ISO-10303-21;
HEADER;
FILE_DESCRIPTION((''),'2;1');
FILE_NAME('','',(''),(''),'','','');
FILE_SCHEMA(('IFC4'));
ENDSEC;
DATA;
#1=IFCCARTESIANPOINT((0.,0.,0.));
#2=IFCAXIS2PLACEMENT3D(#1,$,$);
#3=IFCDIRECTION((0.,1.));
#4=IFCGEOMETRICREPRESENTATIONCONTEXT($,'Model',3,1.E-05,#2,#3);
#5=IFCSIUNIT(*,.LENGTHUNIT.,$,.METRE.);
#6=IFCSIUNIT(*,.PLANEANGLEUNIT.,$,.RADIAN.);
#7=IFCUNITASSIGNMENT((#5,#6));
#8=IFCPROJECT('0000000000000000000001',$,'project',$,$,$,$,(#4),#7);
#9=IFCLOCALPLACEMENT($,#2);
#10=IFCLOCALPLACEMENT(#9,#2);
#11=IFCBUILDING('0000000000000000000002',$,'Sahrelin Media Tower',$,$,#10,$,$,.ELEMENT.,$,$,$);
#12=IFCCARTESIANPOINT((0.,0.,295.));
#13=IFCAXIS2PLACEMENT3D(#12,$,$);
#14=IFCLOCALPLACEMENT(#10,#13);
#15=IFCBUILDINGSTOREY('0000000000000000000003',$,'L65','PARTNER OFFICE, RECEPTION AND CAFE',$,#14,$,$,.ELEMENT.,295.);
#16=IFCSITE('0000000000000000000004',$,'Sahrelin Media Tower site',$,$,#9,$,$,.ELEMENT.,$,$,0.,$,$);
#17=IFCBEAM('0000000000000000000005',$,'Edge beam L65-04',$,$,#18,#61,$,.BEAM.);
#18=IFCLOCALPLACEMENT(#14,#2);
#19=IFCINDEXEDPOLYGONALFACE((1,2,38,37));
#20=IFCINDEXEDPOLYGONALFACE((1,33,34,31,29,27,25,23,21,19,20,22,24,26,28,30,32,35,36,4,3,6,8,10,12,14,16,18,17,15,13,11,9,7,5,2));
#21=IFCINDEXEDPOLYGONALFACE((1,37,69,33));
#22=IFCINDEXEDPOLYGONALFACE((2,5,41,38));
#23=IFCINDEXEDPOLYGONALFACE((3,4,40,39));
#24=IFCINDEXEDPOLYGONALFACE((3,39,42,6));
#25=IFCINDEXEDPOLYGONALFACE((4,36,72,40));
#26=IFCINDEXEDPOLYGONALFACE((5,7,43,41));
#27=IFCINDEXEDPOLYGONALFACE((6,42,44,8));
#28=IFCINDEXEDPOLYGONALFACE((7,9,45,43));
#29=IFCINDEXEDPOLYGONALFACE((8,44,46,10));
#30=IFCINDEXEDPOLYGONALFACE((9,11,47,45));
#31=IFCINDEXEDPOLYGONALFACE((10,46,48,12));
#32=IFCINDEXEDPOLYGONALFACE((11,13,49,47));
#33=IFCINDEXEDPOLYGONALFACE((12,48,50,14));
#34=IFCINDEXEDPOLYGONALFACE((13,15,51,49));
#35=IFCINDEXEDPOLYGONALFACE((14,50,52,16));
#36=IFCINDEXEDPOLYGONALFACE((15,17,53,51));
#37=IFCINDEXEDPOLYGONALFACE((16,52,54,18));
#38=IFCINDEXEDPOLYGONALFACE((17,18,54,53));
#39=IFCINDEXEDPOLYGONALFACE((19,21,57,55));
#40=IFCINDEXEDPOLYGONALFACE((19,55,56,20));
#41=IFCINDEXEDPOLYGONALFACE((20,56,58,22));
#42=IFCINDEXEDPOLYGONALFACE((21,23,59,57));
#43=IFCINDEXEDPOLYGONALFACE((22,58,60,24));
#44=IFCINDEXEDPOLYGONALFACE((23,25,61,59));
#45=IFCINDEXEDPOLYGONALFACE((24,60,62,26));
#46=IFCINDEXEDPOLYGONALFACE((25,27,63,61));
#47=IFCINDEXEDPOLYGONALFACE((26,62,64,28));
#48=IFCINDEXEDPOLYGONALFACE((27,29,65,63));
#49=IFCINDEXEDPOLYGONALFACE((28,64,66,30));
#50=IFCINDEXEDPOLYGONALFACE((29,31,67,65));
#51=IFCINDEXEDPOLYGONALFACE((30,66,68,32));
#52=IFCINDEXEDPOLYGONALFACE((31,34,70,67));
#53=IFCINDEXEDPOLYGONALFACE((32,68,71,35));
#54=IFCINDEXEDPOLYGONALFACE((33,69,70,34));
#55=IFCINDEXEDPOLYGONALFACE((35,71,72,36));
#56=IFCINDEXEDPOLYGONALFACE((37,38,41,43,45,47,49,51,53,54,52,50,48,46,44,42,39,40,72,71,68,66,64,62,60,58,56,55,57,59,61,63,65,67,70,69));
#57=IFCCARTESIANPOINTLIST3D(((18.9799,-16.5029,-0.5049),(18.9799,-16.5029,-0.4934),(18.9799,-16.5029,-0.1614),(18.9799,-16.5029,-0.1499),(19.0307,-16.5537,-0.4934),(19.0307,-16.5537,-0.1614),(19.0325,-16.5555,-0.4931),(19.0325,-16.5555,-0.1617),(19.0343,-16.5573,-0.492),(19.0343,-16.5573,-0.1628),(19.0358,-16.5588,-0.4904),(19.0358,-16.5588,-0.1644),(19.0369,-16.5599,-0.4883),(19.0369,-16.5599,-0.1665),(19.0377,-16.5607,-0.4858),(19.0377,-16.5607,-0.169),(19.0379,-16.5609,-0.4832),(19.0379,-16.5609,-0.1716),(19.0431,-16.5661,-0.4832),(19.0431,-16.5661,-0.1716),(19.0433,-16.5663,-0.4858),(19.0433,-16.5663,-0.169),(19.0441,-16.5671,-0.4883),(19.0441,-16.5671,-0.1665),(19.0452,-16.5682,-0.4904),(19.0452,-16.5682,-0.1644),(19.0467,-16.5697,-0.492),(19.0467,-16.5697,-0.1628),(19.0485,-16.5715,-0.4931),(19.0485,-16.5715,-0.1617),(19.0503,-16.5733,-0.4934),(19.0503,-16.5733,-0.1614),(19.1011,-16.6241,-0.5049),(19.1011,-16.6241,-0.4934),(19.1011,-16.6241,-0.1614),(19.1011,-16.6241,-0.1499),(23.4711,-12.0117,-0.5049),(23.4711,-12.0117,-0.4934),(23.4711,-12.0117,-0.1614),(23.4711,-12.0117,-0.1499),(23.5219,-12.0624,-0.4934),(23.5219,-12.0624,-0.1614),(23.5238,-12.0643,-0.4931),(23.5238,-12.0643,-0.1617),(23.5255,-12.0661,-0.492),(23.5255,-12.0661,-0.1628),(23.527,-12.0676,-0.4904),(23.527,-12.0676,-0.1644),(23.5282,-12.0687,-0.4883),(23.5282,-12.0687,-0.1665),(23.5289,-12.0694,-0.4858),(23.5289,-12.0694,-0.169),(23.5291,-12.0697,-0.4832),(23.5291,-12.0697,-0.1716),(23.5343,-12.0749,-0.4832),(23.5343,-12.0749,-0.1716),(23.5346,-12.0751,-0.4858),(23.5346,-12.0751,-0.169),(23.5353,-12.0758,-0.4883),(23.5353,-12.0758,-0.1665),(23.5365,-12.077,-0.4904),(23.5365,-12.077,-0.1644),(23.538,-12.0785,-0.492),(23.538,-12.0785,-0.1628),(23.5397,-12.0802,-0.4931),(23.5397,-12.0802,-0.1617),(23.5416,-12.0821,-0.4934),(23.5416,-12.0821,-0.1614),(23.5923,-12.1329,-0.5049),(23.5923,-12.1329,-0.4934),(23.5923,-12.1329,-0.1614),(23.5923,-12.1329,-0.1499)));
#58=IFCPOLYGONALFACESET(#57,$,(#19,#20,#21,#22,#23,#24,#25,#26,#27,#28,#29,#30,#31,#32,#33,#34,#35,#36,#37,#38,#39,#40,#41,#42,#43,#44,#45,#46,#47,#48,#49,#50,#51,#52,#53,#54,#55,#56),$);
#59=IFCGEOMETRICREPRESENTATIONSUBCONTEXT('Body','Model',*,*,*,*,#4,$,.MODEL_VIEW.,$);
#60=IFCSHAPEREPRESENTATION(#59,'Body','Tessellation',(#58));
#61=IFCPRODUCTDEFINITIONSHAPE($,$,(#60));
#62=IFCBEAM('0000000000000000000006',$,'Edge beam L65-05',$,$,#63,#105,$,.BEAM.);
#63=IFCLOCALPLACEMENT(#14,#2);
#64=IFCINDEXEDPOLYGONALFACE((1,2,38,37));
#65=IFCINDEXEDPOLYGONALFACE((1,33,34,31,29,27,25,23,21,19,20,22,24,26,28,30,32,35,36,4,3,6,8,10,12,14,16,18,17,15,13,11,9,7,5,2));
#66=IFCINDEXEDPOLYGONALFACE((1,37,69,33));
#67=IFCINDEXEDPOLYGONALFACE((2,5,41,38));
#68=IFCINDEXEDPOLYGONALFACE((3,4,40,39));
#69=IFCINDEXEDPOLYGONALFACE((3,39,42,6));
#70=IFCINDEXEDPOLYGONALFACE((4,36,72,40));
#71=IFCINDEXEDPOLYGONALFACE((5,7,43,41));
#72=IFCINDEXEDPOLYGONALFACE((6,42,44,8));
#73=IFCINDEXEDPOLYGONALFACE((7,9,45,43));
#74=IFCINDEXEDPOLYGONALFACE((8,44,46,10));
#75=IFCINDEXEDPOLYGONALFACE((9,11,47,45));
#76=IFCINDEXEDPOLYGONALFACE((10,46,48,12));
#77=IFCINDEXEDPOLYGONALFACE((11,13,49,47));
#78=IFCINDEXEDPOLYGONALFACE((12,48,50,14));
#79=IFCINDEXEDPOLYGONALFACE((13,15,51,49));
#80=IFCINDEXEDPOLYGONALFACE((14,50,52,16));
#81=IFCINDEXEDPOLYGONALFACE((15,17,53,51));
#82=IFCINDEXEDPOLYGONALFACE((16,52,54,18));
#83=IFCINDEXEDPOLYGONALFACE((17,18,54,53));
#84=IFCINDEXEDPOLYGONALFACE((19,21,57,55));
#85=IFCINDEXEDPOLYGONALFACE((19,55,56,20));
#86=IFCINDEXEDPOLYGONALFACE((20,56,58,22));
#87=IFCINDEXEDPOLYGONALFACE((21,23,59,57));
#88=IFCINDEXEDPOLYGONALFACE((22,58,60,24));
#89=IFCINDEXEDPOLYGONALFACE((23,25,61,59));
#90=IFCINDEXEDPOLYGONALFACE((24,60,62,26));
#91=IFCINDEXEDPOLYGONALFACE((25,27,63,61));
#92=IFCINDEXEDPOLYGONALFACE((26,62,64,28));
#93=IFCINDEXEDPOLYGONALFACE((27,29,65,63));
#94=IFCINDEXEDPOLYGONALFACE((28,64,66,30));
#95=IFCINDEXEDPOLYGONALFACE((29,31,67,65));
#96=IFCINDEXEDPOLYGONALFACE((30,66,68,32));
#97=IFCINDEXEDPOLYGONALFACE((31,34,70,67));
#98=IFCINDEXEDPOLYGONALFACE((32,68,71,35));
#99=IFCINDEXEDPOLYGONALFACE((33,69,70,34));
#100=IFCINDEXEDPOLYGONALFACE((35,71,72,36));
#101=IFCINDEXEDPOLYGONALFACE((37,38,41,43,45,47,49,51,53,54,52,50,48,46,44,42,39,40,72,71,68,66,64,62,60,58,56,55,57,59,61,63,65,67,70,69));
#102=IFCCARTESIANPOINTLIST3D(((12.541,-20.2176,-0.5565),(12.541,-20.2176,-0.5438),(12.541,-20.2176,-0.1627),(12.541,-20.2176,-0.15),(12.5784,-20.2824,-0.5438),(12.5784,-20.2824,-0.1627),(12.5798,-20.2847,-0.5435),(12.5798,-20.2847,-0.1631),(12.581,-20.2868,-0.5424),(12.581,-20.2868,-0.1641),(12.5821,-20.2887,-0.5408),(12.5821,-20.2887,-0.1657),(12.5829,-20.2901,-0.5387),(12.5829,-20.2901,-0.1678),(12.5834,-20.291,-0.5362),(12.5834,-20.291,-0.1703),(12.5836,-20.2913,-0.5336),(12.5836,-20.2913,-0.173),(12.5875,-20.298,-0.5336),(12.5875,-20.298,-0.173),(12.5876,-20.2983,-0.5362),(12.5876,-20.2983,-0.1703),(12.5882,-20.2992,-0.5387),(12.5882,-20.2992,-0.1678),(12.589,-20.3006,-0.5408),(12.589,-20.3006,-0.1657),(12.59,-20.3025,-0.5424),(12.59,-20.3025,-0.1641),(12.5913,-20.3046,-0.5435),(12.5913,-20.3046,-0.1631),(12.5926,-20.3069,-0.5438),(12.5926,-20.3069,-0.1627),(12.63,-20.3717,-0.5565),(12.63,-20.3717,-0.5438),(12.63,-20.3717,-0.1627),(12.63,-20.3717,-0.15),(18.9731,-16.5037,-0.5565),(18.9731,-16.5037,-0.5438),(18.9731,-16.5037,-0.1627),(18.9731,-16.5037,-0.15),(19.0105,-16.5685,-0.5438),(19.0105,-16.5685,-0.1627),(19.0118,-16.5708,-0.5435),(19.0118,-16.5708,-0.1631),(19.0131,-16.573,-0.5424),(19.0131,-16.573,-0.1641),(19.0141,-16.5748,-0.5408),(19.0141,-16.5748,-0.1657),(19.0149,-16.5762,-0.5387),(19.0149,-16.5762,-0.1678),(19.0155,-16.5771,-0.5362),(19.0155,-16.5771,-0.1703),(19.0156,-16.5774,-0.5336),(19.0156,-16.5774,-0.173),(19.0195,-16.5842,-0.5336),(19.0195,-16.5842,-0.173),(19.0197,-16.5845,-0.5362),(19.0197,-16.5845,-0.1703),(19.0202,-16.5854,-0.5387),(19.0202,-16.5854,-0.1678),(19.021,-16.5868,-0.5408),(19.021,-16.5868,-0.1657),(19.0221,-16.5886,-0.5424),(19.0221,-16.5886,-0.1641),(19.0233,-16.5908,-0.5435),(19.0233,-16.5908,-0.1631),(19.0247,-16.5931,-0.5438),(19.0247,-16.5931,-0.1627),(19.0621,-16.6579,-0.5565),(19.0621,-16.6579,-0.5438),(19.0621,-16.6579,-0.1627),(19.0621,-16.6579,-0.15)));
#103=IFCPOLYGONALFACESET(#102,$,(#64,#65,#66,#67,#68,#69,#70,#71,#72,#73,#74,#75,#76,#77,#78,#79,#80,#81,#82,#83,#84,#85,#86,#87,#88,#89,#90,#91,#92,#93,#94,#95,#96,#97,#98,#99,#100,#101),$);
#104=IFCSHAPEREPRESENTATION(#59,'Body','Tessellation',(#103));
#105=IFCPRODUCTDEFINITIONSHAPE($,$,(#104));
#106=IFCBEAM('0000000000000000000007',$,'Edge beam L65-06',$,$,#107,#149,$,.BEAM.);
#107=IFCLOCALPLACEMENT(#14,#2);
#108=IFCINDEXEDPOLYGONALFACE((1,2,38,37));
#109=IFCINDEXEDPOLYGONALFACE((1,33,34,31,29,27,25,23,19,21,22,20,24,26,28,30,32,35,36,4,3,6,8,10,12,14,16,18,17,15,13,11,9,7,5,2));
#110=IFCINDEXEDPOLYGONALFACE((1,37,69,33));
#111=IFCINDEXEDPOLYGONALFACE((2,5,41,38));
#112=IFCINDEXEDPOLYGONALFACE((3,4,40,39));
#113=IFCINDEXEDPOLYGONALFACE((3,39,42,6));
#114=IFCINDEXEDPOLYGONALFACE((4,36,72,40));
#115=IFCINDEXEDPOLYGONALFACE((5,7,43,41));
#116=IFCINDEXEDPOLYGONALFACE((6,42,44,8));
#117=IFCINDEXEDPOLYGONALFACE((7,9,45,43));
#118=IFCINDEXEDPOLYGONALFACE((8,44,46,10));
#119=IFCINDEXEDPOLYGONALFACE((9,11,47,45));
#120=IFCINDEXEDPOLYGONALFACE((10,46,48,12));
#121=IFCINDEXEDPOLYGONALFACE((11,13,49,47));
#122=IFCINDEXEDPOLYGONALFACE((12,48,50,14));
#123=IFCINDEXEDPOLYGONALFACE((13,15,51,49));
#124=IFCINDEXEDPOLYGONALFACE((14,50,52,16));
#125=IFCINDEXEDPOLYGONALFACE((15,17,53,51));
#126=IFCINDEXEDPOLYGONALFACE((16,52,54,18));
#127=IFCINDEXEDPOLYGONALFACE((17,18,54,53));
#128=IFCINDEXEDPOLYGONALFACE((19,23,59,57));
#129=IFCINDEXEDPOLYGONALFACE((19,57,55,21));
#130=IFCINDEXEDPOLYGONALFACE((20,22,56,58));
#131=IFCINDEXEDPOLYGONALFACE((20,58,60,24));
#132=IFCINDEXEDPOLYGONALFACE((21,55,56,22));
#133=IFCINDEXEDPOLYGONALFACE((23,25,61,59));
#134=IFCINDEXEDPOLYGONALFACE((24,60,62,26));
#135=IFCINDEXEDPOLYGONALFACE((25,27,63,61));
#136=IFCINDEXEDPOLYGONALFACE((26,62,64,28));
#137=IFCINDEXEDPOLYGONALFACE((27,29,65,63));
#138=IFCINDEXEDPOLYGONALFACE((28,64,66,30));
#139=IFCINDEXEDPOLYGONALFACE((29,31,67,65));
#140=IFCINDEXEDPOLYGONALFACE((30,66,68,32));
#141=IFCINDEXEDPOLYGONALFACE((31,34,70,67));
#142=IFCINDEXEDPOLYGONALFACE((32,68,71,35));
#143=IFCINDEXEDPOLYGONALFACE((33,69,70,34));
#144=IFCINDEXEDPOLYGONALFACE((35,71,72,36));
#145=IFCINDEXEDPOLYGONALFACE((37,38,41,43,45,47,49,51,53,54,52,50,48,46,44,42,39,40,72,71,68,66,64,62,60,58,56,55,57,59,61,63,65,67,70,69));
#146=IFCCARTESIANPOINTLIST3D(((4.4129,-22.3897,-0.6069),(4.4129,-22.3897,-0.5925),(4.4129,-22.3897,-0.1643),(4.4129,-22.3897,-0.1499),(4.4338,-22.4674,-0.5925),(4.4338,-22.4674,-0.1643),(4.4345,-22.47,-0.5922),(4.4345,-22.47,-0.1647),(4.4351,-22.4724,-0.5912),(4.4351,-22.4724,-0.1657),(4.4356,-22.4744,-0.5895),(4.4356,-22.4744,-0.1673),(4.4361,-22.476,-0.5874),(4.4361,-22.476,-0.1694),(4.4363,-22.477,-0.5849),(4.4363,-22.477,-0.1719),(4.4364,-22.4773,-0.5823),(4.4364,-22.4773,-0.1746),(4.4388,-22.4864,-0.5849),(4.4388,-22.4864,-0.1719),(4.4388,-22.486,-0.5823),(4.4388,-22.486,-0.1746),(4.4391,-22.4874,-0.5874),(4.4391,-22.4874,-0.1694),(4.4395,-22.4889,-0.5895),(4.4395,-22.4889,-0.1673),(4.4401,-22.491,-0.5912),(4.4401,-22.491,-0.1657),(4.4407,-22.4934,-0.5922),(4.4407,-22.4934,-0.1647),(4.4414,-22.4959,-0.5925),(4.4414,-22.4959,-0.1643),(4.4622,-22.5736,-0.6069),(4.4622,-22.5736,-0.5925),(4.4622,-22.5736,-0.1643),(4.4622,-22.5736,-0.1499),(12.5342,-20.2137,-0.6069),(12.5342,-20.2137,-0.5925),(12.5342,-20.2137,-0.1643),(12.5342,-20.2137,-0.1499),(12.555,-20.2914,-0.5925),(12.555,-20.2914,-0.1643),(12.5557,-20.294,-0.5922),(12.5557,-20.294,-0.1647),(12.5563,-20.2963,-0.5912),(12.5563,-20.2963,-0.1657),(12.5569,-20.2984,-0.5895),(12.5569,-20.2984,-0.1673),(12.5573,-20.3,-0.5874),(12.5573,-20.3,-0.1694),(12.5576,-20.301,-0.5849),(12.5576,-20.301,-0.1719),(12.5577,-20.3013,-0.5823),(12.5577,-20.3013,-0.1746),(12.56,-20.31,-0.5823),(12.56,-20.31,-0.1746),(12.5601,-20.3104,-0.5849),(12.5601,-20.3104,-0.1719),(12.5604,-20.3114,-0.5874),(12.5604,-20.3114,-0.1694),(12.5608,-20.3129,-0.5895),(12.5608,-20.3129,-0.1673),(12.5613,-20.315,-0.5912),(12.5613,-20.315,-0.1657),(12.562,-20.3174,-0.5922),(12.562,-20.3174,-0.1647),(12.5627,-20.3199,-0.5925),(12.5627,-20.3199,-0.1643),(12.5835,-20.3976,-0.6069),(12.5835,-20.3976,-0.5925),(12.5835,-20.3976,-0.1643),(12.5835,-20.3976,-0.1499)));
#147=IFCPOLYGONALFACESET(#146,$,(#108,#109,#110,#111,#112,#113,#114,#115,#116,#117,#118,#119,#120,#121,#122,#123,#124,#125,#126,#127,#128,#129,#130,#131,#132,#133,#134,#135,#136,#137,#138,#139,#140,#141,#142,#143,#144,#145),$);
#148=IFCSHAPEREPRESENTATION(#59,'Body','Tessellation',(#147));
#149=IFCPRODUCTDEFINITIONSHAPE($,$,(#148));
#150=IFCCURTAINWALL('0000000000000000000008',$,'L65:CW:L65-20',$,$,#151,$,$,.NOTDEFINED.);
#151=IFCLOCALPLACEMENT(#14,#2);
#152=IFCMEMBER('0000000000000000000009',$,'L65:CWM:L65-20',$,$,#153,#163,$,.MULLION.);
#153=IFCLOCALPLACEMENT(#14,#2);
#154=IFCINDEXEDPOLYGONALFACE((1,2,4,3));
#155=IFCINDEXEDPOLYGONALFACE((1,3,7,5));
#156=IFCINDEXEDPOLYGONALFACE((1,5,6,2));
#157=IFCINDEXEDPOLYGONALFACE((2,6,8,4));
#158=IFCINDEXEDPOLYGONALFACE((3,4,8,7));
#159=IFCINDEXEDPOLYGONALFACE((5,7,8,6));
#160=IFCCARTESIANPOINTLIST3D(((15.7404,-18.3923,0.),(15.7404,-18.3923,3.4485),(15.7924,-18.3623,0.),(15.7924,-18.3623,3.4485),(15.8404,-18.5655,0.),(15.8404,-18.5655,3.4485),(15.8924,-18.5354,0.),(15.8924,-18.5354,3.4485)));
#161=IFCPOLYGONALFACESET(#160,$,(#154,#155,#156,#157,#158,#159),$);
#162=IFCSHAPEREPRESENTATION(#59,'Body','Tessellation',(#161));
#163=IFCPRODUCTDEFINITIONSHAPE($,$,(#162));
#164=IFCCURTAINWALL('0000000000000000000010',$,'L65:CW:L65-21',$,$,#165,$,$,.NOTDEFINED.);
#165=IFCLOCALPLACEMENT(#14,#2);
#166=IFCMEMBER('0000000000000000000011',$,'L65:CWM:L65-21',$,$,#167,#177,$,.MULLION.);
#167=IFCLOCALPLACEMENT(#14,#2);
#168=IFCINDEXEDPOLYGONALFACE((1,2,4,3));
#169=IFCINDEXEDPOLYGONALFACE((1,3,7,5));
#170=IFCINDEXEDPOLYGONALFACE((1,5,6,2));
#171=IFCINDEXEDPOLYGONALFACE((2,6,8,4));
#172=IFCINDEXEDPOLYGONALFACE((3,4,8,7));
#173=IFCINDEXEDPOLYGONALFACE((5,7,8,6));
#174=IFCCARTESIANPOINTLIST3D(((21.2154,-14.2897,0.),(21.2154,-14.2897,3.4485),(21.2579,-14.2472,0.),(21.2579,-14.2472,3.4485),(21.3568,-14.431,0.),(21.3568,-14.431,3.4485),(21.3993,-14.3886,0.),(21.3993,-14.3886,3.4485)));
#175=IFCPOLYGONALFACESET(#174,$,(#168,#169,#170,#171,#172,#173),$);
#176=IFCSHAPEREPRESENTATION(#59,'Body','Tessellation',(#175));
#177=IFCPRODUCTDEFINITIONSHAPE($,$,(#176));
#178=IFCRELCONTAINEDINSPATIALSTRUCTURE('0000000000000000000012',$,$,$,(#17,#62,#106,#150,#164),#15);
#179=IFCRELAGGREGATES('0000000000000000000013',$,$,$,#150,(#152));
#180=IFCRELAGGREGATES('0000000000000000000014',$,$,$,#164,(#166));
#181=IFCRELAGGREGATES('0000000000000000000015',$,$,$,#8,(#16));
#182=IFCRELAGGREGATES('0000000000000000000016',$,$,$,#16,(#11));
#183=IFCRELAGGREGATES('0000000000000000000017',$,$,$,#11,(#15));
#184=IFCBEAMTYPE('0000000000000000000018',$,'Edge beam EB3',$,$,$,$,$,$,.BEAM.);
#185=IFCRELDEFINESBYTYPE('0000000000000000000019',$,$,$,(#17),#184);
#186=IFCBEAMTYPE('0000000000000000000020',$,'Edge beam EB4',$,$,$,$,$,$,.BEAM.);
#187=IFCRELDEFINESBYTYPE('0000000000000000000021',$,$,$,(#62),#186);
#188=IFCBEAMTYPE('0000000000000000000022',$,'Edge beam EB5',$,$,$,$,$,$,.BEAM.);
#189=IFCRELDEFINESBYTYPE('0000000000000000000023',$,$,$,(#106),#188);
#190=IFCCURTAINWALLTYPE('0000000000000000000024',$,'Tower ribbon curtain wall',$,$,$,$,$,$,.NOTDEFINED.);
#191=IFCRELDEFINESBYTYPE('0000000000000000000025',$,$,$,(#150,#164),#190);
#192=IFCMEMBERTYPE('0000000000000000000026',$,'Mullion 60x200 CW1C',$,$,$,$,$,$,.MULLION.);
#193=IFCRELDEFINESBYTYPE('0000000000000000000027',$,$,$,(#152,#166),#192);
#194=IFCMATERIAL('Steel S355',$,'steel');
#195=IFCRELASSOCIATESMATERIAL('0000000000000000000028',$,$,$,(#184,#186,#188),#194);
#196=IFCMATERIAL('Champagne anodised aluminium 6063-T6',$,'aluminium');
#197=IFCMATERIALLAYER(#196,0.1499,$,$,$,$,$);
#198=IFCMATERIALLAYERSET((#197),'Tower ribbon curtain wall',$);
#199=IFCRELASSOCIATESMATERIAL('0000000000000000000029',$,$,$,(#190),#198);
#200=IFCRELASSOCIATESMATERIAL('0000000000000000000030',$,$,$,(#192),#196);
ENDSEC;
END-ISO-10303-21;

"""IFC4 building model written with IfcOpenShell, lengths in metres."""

from ifc_helpers import new_model, si_unit, direction, frame, origin, origin_2d, place, context, subcontext, project, spatial, rectangle, i_section, extrude, material, layer, layer_set, material_profile, profile_set, type_object, element, aggregate, save


model = new_model("IFC4")

# Units and contexts
model_context = context("Model", 3, precision=1e-05, world=origin(), true_north=direction((0.0, 1.0)))
body_context = subcontext(model_context, "Body", "Model", "MODEL_VIEW")
ifc_project = project(units=[si_unit("LENGTHUNIT", "METRE"), si_unit("PLANEANGLEUNIT", "RADIAN")], contexts=[model_context])

# Site, building, storey
site_placement = place(None, origin())
site = spatial("IfcSite", under=ifc_project, at=site_placement, Name="Sahrelin Media Tower site", CompositionType="ELEMENT", RefElevation=0.0)
building_placement = place(site_placement, origin())
building = spatial("IfcBuilding", under=site, at=building_placement, Name="Sahrelin Media Tower", CompositionType="ELEMENT")
storey_placement = place(building_placement, frame((0.0, 0.0, 295.0)))
storey = spatial("IfcBuildingStorey", under=building, at=storey_placement, Name="L65", Description="PARTNER OFFICE, RECEPTION AND CAFE", CompositionType="ELEMENT", Elevation=295.0)

# Beams
ifc_material_1 = material(Name="Steel S355", Category="steel")
ifc_material_profile_1 = material_profile(ifc_material_1, i_section(OverallWidth=0.1714, OverallDepth=0.355, WebThickness=0.0073, FlangeThickness=0.0115, FilletRadius=0.0103, at=origin_2d()), Name="UB 356x171x51")
ifc_profile_set_1 = profile_set([ifc_material_profile_1], Name="Steel S355")
beam_type_1 = type_object("IfcBeamType", Name="Edge beam EB3", PredefinedType="BEAM", material=ifc_profile_set_1)
beam_1_placement = place(storey_placement, frame((23.5317, -12.0723, -0.3274), z_axis=(-0.707107, -0.707107, 0.0), x_axis=(0.707107, -0.707107, 0.0)))
element("IfcBeam", 1, at=beam_1_placement, inside=storey, type_object=beam_type_1, Name="Edge beam L65-04", PredefinedType="BEAM", context=body_context, shape_type="SweptSolid", body=[
    extrude(i_section(OverallWidth=0.1714, OverallDepth=0.355, WebThickness=0.0073, FlangeThickness=0.0115, FilletRadius=0.0103, at=origin_2d()), origin(), (0.0, 0.0, 1.0), 6.3516),
])
ifc_material_profile_2 = material_profile(ifc_material_1, i_section(OverallWidth=0.178, OverallDepth=0.4065, WebThickness=0.0078, FlangeThickness=0.0127, FilletRadius=0.0103, at=origin_2d()), Name="UB 406x178x60")
ifc_profile_set_2 = profile_set([ifc_material_profile_2], Name="Steel S355")
beam_type_2 = type_object("IfcBeamType", Name="Edge beam EB4", PredefinedType="BEAM", material=ifc_profile_set_2)
beam_2_placement = place(storey_placement, frame((19.0176, -16.5808, -0.3533), z_axis=(-0.866009, -0.500028, 0.0), x_axis=(0.500028, -0.866009, 0.0)))
element("IfcBeam", 2, at=beam_2_placement, inside=storey, type_object=beam_type_2, Name="Edge beam L65-05", PredefinedType="BEAM", context=body_context, shape_type="SweptSolid", body=[
    extrude(i_section(OverallWidth=0.178, OverallDepth=0.4065, WebThickness=0.0078, FlangeThickness=0.0127, FilletRadius=0.0103, at=origin_2d()), origin(), (0.0, 0.0, 1.0), 7.4272),
])
ifc_material_profile_3 = material_profile(ifc_material_1, i_section(OverallWidth=0.1904, OverallDepth=0.457, WebThickness=0.009, FlangeThickness=0.0144, FilletRadius=0.0103, at=origin_2d()), Name="UB 457x191x74")
ifc_profile_set_3 = profile_set([ifc_material_profile_3], Name="Steel S355")
beam_type_3 = type_object("IfcBeamType", Name="Edge beam EB5", PredefinedType="BEAM", material=ifc_profile_set_3)
beam_3_placement = place(storey_placement, frame((12.5588, -20.3057, -0.3784), z_axis=(-0.965928, -0.25881, 0.0), x_axis=(0.25881, -0.965928, 0.0)))
element("IfcBeam", 3, at=beam_3_placement, inside=storey, type_object=beam_type_3, Name="Edge beam L65-06", PredefinedType="BEAM", context=body_context, shape_type="SweptSolid", body=[
    extrude(i_section(OverallWidth=0.1904, OverallDepth=0.457, WebThickness=0.009, FlangeThickness=0.0144, FilletRadius=0.0103, at=origin_2d()), origin(), (0.0, 0.0, 1.0), 8.4077),
])

# Curtain walls, members
ifc_material_2 = material(Name="Champagne anodised aluminium 6063-T6", Category="aluminium")
ifc_layer_1 = layer(ifc_material_2, 0.1499)
ifc_layer_set_1 = layer_set([ifc_layer_1], Name="Tower ribbon curtain wall")
curtain_wall_type = type_object("IfcCurtainWallType", Name="Tower ribbon curtain wall", PredefinedType="NOTDEFINED", material=ifc_layer_set_1)
curtain_wall_1_placement = place(storey_placement, frame((15.8767, -18.5676, 0.0), z_axis=(0.0, 0.0, 1.0), x_axis=(1.0, 0.0, 0.0)))
curtain_wall_1 = element("IfcCurtainWall", 4, at=curtain_wall_1_placement, inside=storey, type_object=curtain_wall_type, Name="L65:CW:L65-20", PredefinedType="NOTDEFINED")
ifc_material_profile_4 = material_profile(ifc_material_2, rectangle(XDim=0.0601, YDim=0.2, at=origin_2d()), Name="Mullion 60x200")
ifc_profile_set_4 = profile_set([ifc_material_profile_4], Name="Champagne anodised aluminium 6063-T6")
member_type_1 = type_object("IfcMemberType", Name="Mullion 60x200 CW1C", PredefinedType="MULLION", material=ifc_profile_set_4)
member_1_placement = place(storey_placement, frame((15.8164, -18.4639, 0.0), z_axis=(0.0, 0.0, 1.0), x_axis=(0.866025, 0.500002, 0.0)))
member_1 = element("IfcMember", 5, at=member_1_placement, type_object=member_type_1, Name="L65:CWM:L65-20", PredefinedType="MULLION", context=body_context, shape_type="SweptSolid", body=[
    extrude(rectangle(XDim=0.0601, YDim=0.2, at=origin_2d()), origin(), (0.0, 0.0, 1.0), 3.4485),
])
curtain_wall_2_placement = place(storey_placement, frame((21.3921, -14.4238, 0.0), z_axis=(0.0, 0.0, 1.0), x_axis=(1.0, 0.0, 0.0)))
curtain_wall_2 = element("IfcCurtainWall", 6, at=curtain_wall_2_placement, inside=storey, type_object=curtain_wall_type, Name="L65:CW:L65-21", PredefinedType="NOTDEFINED")
member_2_placement = place(storey_placement, frame((21.3074, -14.3391, 0.0), z_axis=(0.0, 0.0, 1.0), x_axis=(0.707107, 0.707107, 0.0)))
member_2 = element("IfcMember", 7, at=member_2_placement, type_object=member_type_1, Name="L65:CWM:L65-21", PredefinedType="MULLION", context=body_context, shape_type="SweptSolid", body=[
    extrude(rectangle(XDim=0.0601, YDim=0.2, at=origin_2d()), origin(), (0.0, 0.0, 1.0), 3.4485),
])

aggregate(curtain_wall_1, [member_1])
aggregate(curtain_wall_2, [member_2])

save(model, "model.ifc")
